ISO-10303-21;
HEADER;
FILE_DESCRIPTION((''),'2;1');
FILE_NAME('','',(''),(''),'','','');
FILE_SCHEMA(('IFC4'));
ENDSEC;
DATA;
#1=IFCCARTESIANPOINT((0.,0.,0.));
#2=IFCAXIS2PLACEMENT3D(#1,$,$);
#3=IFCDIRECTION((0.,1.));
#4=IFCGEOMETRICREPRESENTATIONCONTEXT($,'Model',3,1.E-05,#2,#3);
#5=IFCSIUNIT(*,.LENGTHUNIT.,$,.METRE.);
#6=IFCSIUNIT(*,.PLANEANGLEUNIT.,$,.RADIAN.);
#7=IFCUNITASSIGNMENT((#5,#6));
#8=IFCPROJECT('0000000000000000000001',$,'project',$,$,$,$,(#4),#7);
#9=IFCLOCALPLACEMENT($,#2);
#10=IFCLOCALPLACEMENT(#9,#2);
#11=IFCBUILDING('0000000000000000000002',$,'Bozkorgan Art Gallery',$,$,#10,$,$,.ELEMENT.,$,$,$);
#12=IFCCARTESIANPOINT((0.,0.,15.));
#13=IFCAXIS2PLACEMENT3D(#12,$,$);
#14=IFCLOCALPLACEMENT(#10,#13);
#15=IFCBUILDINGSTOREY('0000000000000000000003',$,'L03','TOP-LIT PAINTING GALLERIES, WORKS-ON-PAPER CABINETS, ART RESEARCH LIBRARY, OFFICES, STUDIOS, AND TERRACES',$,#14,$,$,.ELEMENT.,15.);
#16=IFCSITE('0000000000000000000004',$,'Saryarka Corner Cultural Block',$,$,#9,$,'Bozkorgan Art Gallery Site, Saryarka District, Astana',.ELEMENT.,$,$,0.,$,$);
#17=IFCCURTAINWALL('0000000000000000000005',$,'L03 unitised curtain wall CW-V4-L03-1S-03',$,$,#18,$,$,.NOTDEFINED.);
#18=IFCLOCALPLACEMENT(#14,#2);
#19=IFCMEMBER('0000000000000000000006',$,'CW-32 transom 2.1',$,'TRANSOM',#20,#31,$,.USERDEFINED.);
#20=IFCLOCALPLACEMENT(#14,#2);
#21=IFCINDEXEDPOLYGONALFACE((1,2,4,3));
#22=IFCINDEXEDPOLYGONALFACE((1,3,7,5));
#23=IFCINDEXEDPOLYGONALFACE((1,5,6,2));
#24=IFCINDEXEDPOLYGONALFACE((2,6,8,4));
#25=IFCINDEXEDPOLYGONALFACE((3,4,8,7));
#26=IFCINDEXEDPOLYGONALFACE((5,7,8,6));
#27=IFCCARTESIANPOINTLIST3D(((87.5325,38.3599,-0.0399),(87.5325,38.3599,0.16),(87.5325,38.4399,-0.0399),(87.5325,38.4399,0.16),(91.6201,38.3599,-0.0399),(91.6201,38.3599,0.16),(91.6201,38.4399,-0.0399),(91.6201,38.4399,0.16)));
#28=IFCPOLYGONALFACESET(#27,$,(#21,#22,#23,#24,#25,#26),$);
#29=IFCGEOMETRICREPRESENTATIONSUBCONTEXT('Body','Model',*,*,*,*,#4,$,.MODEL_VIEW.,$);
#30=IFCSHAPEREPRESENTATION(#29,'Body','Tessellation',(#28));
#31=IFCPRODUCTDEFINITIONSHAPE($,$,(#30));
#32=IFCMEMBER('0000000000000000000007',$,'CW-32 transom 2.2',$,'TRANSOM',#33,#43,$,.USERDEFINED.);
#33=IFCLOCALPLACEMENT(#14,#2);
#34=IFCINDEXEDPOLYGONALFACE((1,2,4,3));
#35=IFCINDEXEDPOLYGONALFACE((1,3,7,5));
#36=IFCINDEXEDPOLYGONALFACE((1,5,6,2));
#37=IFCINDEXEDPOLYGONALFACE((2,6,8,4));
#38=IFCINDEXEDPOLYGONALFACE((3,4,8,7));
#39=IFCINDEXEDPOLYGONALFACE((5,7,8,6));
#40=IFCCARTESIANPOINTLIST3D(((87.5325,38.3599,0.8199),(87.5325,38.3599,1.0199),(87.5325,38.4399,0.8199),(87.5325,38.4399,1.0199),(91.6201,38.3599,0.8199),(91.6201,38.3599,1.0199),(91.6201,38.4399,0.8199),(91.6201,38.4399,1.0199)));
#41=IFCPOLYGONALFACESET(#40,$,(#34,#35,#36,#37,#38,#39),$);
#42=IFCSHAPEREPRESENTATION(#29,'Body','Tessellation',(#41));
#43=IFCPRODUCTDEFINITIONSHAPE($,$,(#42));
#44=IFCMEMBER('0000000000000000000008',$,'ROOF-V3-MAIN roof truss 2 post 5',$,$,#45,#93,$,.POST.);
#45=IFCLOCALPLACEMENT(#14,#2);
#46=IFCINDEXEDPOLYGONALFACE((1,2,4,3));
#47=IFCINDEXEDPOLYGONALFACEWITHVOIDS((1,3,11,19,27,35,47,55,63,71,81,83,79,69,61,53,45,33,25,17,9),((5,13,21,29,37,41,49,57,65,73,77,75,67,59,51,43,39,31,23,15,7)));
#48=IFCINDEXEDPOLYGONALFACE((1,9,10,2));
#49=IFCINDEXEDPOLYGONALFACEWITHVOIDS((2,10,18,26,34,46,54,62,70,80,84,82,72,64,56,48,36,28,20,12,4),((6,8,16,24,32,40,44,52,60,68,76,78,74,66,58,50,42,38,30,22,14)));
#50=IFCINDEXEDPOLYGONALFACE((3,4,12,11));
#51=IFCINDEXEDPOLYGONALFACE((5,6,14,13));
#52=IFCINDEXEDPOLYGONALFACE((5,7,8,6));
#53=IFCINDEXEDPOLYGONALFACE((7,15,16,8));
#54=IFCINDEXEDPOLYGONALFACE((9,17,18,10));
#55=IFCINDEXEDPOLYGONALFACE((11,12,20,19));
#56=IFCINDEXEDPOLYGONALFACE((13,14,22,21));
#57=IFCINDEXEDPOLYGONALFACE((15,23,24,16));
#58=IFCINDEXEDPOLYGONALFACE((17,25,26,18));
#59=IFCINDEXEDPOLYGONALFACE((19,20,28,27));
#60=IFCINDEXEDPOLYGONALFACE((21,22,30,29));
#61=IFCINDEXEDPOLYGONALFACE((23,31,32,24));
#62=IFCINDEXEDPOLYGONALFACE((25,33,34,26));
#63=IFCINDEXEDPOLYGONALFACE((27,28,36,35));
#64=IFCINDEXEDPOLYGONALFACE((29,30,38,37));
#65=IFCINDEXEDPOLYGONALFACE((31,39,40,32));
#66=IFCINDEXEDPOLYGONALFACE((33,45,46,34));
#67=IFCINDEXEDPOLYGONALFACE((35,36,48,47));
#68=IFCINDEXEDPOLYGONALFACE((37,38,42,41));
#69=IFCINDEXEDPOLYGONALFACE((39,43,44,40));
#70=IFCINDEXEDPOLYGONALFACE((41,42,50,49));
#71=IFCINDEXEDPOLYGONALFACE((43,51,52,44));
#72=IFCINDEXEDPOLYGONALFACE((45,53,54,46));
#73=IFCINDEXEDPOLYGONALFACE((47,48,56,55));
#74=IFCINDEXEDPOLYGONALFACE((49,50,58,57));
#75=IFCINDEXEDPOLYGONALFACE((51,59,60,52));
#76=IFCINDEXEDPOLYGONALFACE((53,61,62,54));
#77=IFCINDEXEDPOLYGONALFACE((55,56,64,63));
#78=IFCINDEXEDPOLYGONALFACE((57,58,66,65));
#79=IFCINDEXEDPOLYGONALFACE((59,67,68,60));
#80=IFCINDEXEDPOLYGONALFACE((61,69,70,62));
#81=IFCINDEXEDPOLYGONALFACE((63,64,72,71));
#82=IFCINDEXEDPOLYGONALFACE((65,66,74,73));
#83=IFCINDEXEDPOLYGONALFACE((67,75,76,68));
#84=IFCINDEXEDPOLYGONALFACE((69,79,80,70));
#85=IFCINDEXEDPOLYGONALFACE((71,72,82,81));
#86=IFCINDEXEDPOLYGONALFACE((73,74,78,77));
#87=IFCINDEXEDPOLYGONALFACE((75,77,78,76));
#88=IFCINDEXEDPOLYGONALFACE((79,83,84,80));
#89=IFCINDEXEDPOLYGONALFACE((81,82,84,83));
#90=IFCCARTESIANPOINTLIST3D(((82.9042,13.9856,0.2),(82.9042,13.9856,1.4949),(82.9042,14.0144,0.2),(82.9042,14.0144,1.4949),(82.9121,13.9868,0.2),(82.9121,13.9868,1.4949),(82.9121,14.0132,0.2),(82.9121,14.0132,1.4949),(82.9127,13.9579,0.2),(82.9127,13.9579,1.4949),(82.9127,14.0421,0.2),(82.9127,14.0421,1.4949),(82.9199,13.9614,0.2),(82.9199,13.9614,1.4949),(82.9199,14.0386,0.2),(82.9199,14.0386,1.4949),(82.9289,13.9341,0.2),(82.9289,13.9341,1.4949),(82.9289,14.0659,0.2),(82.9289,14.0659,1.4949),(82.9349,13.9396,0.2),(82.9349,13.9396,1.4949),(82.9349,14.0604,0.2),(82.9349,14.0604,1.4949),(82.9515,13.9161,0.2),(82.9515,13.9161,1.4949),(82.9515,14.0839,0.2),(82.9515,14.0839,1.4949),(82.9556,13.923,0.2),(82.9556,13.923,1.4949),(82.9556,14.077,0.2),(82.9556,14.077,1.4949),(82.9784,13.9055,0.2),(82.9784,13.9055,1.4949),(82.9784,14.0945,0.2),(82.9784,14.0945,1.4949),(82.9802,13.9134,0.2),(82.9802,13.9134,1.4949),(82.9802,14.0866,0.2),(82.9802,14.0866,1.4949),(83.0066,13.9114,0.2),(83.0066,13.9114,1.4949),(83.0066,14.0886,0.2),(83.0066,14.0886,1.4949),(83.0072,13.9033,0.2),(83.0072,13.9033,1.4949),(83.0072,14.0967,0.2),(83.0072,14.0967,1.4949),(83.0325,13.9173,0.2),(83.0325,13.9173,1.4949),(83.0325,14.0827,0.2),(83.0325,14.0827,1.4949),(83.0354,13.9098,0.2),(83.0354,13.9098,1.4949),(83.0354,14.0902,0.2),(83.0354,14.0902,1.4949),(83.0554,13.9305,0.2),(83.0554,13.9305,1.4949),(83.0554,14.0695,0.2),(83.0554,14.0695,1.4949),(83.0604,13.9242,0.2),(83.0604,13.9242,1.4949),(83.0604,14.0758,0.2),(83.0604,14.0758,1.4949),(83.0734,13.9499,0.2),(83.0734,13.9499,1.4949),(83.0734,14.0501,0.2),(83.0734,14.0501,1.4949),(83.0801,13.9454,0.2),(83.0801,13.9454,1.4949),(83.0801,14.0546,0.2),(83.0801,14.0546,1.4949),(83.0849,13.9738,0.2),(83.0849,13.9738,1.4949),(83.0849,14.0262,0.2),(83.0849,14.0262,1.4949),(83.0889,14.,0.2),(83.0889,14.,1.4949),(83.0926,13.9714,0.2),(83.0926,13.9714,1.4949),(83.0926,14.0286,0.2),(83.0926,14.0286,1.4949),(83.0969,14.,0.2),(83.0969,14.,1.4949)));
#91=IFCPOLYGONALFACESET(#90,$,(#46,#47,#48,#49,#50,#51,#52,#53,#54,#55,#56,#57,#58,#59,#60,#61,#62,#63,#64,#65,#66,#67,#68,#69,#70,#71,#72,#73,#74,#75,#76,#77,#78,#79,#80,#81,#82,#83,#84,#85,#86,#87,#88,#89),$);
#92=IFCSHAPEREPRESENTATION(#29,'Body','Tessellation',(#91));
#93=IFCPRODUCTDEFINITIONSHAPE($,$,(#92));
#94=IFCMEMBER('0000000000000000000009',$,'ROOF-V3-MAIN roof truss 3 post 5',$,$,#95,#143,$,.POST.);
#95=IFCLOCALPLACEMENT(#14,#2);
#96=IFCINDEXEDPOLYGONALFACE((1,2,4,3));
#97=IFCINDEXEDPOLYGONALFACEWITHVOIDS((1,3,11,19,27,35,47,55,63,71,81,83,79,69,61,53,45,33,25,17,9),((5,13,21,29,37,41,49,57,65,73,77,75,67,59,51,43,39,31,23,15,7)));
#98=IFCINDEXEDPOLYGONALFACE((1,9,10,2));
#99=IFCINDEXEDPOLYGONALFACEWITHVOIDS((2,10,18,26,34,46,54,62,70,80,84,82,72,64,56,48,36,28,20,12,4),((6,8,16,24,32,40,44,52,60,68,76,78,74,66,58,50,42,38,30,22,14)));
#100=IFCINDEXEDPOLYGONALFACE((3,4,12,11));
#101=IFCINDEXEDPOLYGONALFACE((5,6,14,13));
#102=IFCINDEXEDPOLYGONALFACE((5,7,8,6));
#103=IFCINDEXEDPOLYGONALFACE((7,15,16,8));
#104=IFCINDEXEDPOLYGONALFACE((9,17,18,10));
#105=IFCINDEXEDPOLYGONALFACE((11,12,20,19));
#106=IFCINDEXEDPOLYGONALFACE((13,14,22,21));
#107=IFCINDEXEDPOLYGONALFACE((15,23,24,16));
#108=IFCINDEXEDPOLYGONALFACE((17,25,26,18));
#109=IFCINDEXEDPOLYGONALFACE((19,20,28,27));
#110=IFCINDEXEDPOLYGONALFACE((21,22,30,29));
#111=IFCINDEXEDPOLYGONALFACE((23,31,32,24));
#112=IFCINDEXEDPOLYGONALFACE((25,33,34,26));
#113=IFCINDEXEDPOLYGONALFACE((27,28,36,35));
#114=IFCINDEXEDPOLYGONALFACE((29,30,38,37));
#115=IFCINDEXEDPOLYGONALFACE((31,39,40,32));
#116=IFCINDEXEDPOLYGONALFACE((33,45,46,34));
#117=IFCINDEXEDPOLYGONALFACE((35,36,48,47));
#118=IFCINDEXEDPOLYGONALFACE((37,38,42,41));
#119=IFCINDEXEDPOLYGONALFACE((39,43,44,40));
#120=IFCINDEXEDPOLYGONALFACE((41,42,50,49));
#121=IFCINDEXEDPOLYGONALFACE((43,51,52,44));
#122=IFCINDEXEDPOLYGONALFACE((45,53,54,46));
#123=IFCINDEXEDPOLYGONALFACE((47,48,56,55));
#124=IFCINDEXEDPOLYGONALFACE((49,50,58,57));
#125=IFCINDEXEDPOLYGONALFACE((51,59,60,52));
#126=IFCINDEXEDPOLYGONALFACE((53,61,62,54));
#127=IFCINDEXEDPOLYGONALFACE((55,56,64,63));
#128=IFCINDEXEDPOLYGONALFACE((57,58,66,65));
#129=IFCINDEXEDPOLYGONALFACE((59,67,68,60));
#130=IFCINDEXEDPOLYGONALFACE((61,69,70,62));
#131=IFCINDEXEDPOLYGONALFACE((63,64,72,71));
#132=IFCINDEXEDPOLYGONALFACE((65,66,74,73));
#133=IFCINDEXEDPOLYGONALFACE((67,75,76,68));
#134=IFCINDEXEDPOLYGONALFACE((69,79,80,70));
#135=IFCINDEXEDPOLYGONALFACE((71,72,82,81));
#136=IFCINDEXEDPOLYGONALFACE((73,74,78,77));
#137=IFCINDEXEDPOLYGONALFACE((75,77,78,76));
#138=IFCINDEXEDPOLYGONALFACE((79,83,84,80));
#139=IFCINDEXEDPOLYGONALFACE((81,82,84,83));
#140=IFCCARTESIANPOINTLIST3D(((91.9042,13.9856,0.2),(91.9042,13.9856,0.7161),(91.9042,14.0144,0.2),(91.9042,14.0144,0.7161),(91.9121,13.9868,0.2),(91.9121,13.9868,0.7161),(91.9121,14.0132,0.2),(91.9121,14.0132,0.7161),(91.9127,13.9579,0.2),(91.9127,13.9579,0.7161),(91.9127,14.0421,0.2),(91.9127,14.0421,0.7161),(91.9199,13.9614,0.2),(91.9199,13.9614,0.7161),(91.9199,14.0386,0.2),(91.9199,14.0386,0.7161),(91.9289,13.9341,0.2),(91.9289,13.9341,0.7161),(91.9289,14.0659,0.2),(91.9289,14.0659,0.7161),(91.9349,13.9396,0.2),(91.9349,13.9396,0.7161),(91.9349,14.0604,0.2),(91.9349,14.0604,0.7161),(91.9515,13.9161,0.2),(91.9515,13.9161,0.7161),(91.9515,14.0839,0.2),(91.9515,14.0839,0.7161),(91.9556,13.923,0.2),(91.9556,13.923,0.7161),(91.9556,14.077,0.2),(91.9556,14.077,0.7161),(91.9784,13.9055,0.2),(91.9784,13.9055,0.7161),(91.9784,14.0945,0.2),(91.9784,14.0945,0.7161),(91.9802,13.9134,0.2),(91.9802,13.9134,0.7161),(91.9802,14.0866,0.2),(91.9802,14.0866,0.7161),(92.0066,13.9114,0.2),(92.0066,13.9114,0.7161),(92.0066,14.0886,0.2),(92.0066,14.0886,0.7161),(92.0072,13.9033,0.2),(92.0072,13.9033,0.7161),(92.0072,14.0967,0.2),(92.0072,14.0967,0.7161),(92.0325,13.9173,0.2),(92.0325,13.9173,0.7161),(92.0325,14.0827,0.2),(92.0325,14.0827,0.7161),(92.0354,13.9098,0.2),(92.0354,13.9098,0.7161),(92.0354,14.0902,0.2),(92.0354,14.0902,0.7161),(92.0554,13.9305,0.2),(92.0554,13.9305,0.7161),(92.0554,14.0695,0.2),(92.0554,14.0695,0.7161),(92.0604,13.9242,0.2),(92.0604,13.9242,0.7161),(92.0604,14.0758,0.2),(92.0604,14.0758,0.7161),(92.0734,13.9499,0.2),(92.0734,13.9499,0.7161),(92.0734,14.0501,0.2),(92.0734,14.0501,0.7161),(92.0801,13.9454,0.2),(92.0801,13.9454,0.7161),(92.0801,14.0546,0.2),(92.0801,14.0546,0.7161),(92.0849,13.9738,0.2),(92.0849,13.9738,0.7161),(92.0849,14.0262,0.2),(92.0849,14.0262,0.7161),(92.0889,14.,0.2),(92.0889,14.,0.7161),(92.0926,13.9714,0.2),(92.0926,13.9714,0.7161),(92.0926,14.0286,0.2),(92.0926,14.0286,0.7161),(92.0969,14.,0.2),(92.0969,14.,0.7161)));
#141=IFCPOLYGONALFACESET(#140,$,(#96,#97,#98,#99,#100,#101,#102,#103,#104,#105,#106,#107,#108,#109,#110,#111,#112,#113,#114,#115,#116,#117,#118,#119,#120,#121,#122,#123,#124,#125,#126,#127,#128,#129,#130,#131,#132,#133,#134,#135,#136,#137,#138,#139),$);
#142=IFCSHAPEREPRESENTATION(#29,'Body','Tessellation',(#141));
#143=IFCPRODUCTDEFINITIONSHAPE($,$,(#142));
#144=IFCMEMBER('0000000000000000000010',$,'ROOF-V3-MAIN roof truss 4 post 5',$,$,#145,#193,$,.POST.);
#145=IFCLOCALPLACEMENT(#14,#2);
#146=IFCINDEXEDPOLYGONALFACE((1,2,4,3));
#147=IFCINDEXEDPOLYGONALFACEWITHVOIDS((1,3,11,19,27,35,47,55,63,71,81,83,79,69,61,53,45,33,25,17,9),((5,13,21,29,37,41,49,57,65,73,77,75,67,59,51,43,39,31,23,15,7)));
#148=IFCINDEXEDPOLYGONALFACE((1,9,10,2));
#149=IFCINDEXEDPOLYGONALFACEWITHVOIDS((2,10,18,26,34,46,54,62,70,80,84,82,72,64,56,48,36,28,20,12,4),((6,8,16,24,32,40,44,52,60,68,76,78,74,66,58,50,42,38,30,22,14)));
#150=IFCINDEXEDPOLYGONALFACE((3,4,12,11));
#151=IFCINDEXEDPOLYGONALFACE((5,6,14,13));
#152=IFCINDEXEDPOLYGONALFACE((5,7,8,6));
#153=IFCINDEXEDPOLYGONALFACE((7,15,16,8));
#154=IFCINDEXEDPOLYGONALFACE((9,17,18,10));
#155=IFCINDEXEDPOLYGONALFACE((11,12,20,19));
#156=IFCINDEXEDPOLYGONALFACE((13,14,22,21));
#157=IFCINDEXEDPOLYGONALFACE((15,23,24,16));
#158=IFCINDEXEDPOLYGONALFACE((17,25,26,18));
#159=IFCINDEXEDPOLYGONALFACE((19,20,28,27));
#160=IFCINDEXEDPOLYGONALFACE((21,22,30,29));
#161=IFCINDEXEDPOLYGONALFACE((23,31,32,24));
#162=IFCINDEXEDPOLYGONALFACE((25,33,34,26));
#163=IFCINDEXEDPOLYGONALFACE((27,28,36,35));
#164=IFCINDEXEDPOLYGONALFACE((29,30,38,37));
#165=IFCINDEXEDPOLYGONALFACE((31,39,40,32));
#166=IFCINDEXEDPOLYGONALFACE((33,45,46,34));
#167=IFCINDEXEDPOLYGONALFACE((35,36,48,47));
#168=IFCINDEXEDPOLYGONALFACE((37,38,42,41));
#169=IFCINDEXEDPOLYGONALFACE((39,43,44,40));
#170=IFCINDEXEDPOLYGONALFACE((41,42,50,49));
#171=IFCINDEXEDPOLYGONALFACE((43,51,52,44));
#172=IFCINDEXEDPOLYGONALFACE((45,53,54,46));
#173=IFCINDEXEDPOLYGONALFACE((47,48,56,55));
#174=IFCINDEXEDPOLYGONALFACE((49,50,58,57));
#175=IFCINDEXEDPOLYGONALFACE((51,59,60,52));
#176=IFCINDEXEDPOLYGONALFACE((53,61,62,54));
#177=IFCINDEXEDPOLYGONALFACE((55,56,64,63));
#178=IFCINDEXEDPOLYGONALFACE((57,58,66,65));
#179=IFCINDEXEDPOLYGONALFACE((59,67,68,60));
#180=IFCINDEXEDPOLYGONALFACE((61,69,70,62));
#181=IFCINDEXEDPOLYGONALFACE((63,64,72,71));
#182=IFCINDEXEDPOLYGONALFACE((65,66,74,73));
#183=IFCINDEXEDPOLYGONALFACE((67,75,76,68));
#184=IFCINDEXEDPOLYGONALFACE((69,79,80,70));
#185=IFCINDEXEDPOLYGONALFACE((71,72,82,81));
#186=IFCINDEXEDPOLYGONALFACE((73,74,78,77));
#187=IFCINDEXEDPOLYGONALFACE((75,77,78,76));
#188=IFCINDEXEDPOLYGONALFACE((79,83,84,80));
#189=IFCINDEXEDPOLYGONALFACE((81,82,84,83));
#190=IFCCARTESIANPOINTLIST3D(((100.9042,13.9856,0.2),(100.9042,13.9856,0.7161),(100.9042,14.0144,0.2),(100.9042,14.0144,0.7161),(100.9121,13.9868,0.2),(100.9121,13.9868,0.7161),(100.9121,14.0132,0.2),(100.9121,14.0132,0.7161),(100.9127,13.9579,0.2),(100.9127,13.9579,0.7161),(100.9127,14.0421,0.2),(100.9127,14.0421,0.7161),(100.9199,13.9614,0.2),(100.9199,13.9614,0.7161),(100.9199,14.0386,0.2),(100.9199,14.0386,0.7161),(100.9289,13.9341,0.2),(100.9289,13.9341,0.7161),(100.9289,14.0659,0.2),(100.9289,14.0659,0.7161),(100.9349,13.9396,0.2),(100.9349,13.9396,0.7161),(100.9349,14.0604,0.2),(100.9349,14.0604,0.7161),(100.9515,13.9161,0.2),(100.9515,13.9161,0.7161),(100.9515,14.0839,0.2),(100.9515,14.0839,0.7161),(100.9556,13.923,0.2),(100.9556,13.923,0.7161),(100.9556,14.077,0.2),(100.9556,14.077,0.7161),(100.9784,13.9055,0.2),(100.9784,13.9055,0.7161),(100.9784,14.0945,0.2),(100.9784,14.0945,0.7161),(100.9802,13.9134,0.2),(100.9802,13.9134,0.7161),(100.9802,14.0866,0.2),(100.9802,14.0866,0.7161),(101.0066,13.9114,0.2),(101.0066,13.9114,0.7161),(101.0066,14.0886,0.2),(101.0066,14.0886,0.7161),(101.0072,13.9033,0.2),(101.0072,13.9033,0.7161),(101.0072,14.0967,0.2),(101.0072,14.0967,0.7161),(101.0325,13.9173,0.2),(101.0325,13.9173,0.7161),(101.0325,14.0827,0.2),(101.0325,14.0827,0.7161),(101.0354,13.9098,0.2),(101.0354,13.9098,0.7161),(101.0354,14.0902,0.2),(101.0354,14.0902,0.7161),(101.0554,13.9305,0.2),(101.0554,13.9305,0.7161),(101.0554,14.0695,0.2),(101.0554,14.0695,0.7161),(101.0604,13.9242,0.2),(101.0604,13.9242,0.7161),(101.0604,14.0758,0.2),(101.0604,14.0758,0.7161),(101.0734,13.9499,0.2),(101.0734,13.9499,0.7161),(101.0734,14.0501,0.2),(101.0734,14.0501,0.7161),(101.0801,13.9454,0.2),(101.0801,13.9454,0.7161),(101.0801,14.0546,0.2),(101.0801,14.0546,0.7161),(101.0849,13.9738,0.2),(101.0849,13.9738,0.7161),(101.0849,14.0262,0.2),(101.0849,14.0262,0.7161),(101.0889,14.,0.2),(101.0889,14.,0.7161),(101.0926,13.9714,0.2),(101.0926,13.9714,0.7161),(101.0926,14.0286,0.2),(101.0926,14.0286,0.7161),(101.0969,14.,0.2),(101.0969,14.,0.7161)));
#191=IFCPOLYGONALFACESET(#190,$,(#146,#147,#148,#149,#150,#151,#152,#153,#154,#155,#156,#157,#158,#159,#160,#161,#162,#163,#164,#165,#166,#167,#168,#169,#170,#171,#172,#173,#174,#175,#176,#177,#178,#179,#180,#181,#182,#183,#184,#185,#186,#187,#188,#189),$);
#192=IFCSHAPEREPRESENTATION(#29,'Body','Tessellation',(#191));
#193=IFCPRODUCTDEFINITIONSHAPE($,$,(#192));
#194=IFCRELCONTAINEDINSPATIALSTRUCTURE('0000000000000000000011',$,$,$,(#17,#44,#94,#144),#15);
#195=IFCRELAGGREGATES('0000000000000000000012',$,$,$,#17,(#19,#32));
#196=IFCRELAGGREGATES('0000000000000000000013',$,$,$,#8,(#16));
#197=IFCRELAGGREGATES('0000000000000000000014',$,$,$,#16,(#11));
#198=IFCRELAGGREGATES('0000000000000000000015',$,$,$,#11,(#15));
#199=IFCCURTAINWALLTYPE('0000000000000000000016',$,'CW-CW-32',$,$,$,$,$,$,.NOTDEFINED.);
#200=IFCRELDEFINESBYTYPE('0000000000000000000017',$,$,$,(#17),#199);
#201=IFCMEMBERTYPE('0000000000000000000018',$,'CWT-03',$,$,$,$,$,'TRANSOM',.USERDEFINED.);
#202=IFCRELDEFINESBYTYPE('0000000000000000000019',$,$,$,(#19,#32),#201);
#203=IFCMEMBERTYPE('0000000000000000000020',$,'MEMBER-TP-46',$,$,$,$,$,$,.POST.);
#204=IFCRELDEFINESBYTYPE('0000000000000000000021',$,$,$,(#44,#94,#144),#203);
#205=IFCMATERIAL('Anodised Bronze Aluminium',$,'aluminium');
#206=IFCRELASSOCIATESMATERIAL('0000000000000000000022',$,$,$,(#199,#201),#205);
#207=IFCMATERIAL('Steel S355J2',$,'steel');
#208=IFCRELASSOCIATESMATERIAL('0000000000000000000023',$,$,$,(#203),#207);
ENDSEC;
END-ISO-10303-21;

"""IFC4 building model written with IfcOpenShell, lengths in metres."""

from ifc_helpers import new_model, si_unit, direction, frame, origin, origin_2d, place, context, subcontext, project, spatial, rectangle, hollow_circle, extrude, material, material_profile, profile_set, type_object, element, aggregate, save


model = new_model("IFC4")

# Units and contexts
model_context = context("Model", 3, precision=1e-05, world=origin(), true_north=direction((0.0, 1.0)))
body_context = subcontext(model_context, "Body", "Model", "MODEL_VIEW")
ifc_project = project(units=[si_unit("LENGTHUNIT", "METRE"), si_unit("PLANEANGLEUNIT", "RADIAN")], contexts=[model_context])

# Site, building, storey
site_placement = place(None, origin())
site = spatial("IfcSite", under=ifc_project, at=site_placement, Name="Saryarka Corner Cultural Block", LongName="Bozkorgan Art Gallery Site, Saryarka District, Astana", CompositionType="ELEMENT", RefElevation=0.0)
building_placement = place(site_placement, origin())
building = spatial("IfcBuilding", under=site, at=building_placement, Name="Bozkorgan Art Gallery", CompositionType="ELEMENT")
storey_placement = place(building_placement, frame((0.0, 0.0, 15.0)))
storey = spatial("IfcBuildingStorey", under=building, at=storey_placement, Name="L03", Description="TOP-LIT PAINTING GALLERIES, WORKS-ON-PAPER CABINETS, ART RESEARCH LIBRARY, OFFICES, STUDIOS, AND TERRACES", CompositionType="ELEMENT", Elevation=15.0)

# Shared definitions
ifc_material_1 = material(Name="Steel S355J2", Category="steel")

# Shared definitions
ifc_material_2 = material(Name="Anodised Bronze Aluminium", Category="aluminium")
curtain_wall_type = type_object("IfcCurtainWallType", Name="CW-CW-32", PredefinedType="NOTDEFINED", material=ifc_material_2)

# Curtain wall, members
curtain_wall_1_placement = place(storey_placement, origin())
curtain_wall_1 = element("IfcCurtainWall", 1, at=curtain_wall_1_placement, inside=storey, type_object=curtain_wall_type, Name="L03 unitised curtain wall CW-V4-L03-1S-03", PredefinedType="NOTDEFINED")
ifc_material_profile_1 = material_profile(ifc_material_2, rectangle(XDim=0.0801, YDim=0.2, at=origin_2d()), Name="ALU TRANSOM 80x200")
ifc_profile_set_1 = profile_set([ifc_material_profile_1], Name="Anodised Bronze Aluminium")
member_type_1 = type_object("IfcMemberType", Name="CWT-03", ElementType="TRANSOM", PredefinedType="USERDEFINED", material=ifc_profile_set_1)
member_1_placement = place(storey_placement, frame((87.5325, 38.3999, 0.0601), z_axis=(1.0, 0.0, 0.0), x_axis=(0.0, 1.0, 0.0)))
member_1 = element("IfcMember", 2, at=member_1_placement, type_object=member_type_1, Name="CW-32 transom 2.1", ObjectType="TRANSOM", PredefinedType="USERDEFINED", context=body_context, shape_type="SweptSolid", body=[
    extrude(rectangle(XDim=0.0801, YDim=0.2, at=origin_2d()), origin(), (0.0, 0.0, 1.0), 4.0876),
])
member_2_placement = place(storey_placement, frame((87.5325, 38.3999, 0.9199), z_axis=(1.0, 0.0, 0.0), x_axis=(0.0, 1.0, 0.0)))
member_2 = element("IfcMember", 3, at=member_2_placement, type_object=member_type_1, Name="CW-32 transom 2.2", ObjectType="TRANSOM", PredefinedType="USERDEFINED", context=body_context, shape_type="SweptSolid", body=[
    extrude(rectangle(XDim=0.0801, YDim=0.2, at=origin_2d()), origin(), (0.0, 0.0, 1.0), 4.0876),
])

# Members
ifc_material_profile_2 = material_profile(ifc_material_1, hollow_circle(Radius=0.0969, WallThickness=0.0081, at=origin_2d()), Name="CHS 193.7x8")
ifc_profile_set_2 = profile_set([ifc_material_profile_2], Name="Steel S355J2")
member_type_2 = type_object("IfcMemberType", Name="MEMBER-TP-46", PredefinedType="POST", material=ifc_profile_set_2)
member_3_placement = place(storey_placement, frame((83.0, 14.0, 0.2), z_axis=(0.0, 0.0, 1.0), x_axis=(1.0, 0.0, 0.0)))
element("IfcMember", 4, at=member_3_placement, inside=storey, type_object=member_type_2, Name="ROOF-V3-MAIN roof truss 2 post 5", PredefinedType="POST", context=body_context, shape_type="SweptSolid", body=[
    extrude(hollow_circle(Radius=0.0969, WallThickness=0.0081, at=origin_2d()), origin(), (0.0, 0.0, 1.0), 1.2949),
])
for number, where, z_axis, x_axis, name in (
    (5, (92.0, 14.0, 0.2), (0.0, 0.0, 1.0), (1.0, 0.0, 0.0), "ROOF-V3-MAIN roof truss 3 post 5"),
    (6, (101.0, 14.0, 0.2), (0.0, 0.0, 1.0), (1.0, 0.0, 0.0), "ROOF-V3-MAIN roof truss 4 post 5"),
):
    element("IfcMember", number, at=place(storey_placement, frame(where, z_axis=z_axis, x_axis=x_axis)), inside=storey, type_object=member_type_2, Name=name, PredefinedType="POST", context=body_context, shape_type="SweptSolid", body=[
        extrude(hollow_circle(Radius=0.0969, WallThickness=0.0081, at=origin_2d()), origin(), (0.0, 0.0, 1.0), 0.5161),
    ])

aggregate(curtain_wall_1, [member_1, member_2])

save(model, "model.ifc")
